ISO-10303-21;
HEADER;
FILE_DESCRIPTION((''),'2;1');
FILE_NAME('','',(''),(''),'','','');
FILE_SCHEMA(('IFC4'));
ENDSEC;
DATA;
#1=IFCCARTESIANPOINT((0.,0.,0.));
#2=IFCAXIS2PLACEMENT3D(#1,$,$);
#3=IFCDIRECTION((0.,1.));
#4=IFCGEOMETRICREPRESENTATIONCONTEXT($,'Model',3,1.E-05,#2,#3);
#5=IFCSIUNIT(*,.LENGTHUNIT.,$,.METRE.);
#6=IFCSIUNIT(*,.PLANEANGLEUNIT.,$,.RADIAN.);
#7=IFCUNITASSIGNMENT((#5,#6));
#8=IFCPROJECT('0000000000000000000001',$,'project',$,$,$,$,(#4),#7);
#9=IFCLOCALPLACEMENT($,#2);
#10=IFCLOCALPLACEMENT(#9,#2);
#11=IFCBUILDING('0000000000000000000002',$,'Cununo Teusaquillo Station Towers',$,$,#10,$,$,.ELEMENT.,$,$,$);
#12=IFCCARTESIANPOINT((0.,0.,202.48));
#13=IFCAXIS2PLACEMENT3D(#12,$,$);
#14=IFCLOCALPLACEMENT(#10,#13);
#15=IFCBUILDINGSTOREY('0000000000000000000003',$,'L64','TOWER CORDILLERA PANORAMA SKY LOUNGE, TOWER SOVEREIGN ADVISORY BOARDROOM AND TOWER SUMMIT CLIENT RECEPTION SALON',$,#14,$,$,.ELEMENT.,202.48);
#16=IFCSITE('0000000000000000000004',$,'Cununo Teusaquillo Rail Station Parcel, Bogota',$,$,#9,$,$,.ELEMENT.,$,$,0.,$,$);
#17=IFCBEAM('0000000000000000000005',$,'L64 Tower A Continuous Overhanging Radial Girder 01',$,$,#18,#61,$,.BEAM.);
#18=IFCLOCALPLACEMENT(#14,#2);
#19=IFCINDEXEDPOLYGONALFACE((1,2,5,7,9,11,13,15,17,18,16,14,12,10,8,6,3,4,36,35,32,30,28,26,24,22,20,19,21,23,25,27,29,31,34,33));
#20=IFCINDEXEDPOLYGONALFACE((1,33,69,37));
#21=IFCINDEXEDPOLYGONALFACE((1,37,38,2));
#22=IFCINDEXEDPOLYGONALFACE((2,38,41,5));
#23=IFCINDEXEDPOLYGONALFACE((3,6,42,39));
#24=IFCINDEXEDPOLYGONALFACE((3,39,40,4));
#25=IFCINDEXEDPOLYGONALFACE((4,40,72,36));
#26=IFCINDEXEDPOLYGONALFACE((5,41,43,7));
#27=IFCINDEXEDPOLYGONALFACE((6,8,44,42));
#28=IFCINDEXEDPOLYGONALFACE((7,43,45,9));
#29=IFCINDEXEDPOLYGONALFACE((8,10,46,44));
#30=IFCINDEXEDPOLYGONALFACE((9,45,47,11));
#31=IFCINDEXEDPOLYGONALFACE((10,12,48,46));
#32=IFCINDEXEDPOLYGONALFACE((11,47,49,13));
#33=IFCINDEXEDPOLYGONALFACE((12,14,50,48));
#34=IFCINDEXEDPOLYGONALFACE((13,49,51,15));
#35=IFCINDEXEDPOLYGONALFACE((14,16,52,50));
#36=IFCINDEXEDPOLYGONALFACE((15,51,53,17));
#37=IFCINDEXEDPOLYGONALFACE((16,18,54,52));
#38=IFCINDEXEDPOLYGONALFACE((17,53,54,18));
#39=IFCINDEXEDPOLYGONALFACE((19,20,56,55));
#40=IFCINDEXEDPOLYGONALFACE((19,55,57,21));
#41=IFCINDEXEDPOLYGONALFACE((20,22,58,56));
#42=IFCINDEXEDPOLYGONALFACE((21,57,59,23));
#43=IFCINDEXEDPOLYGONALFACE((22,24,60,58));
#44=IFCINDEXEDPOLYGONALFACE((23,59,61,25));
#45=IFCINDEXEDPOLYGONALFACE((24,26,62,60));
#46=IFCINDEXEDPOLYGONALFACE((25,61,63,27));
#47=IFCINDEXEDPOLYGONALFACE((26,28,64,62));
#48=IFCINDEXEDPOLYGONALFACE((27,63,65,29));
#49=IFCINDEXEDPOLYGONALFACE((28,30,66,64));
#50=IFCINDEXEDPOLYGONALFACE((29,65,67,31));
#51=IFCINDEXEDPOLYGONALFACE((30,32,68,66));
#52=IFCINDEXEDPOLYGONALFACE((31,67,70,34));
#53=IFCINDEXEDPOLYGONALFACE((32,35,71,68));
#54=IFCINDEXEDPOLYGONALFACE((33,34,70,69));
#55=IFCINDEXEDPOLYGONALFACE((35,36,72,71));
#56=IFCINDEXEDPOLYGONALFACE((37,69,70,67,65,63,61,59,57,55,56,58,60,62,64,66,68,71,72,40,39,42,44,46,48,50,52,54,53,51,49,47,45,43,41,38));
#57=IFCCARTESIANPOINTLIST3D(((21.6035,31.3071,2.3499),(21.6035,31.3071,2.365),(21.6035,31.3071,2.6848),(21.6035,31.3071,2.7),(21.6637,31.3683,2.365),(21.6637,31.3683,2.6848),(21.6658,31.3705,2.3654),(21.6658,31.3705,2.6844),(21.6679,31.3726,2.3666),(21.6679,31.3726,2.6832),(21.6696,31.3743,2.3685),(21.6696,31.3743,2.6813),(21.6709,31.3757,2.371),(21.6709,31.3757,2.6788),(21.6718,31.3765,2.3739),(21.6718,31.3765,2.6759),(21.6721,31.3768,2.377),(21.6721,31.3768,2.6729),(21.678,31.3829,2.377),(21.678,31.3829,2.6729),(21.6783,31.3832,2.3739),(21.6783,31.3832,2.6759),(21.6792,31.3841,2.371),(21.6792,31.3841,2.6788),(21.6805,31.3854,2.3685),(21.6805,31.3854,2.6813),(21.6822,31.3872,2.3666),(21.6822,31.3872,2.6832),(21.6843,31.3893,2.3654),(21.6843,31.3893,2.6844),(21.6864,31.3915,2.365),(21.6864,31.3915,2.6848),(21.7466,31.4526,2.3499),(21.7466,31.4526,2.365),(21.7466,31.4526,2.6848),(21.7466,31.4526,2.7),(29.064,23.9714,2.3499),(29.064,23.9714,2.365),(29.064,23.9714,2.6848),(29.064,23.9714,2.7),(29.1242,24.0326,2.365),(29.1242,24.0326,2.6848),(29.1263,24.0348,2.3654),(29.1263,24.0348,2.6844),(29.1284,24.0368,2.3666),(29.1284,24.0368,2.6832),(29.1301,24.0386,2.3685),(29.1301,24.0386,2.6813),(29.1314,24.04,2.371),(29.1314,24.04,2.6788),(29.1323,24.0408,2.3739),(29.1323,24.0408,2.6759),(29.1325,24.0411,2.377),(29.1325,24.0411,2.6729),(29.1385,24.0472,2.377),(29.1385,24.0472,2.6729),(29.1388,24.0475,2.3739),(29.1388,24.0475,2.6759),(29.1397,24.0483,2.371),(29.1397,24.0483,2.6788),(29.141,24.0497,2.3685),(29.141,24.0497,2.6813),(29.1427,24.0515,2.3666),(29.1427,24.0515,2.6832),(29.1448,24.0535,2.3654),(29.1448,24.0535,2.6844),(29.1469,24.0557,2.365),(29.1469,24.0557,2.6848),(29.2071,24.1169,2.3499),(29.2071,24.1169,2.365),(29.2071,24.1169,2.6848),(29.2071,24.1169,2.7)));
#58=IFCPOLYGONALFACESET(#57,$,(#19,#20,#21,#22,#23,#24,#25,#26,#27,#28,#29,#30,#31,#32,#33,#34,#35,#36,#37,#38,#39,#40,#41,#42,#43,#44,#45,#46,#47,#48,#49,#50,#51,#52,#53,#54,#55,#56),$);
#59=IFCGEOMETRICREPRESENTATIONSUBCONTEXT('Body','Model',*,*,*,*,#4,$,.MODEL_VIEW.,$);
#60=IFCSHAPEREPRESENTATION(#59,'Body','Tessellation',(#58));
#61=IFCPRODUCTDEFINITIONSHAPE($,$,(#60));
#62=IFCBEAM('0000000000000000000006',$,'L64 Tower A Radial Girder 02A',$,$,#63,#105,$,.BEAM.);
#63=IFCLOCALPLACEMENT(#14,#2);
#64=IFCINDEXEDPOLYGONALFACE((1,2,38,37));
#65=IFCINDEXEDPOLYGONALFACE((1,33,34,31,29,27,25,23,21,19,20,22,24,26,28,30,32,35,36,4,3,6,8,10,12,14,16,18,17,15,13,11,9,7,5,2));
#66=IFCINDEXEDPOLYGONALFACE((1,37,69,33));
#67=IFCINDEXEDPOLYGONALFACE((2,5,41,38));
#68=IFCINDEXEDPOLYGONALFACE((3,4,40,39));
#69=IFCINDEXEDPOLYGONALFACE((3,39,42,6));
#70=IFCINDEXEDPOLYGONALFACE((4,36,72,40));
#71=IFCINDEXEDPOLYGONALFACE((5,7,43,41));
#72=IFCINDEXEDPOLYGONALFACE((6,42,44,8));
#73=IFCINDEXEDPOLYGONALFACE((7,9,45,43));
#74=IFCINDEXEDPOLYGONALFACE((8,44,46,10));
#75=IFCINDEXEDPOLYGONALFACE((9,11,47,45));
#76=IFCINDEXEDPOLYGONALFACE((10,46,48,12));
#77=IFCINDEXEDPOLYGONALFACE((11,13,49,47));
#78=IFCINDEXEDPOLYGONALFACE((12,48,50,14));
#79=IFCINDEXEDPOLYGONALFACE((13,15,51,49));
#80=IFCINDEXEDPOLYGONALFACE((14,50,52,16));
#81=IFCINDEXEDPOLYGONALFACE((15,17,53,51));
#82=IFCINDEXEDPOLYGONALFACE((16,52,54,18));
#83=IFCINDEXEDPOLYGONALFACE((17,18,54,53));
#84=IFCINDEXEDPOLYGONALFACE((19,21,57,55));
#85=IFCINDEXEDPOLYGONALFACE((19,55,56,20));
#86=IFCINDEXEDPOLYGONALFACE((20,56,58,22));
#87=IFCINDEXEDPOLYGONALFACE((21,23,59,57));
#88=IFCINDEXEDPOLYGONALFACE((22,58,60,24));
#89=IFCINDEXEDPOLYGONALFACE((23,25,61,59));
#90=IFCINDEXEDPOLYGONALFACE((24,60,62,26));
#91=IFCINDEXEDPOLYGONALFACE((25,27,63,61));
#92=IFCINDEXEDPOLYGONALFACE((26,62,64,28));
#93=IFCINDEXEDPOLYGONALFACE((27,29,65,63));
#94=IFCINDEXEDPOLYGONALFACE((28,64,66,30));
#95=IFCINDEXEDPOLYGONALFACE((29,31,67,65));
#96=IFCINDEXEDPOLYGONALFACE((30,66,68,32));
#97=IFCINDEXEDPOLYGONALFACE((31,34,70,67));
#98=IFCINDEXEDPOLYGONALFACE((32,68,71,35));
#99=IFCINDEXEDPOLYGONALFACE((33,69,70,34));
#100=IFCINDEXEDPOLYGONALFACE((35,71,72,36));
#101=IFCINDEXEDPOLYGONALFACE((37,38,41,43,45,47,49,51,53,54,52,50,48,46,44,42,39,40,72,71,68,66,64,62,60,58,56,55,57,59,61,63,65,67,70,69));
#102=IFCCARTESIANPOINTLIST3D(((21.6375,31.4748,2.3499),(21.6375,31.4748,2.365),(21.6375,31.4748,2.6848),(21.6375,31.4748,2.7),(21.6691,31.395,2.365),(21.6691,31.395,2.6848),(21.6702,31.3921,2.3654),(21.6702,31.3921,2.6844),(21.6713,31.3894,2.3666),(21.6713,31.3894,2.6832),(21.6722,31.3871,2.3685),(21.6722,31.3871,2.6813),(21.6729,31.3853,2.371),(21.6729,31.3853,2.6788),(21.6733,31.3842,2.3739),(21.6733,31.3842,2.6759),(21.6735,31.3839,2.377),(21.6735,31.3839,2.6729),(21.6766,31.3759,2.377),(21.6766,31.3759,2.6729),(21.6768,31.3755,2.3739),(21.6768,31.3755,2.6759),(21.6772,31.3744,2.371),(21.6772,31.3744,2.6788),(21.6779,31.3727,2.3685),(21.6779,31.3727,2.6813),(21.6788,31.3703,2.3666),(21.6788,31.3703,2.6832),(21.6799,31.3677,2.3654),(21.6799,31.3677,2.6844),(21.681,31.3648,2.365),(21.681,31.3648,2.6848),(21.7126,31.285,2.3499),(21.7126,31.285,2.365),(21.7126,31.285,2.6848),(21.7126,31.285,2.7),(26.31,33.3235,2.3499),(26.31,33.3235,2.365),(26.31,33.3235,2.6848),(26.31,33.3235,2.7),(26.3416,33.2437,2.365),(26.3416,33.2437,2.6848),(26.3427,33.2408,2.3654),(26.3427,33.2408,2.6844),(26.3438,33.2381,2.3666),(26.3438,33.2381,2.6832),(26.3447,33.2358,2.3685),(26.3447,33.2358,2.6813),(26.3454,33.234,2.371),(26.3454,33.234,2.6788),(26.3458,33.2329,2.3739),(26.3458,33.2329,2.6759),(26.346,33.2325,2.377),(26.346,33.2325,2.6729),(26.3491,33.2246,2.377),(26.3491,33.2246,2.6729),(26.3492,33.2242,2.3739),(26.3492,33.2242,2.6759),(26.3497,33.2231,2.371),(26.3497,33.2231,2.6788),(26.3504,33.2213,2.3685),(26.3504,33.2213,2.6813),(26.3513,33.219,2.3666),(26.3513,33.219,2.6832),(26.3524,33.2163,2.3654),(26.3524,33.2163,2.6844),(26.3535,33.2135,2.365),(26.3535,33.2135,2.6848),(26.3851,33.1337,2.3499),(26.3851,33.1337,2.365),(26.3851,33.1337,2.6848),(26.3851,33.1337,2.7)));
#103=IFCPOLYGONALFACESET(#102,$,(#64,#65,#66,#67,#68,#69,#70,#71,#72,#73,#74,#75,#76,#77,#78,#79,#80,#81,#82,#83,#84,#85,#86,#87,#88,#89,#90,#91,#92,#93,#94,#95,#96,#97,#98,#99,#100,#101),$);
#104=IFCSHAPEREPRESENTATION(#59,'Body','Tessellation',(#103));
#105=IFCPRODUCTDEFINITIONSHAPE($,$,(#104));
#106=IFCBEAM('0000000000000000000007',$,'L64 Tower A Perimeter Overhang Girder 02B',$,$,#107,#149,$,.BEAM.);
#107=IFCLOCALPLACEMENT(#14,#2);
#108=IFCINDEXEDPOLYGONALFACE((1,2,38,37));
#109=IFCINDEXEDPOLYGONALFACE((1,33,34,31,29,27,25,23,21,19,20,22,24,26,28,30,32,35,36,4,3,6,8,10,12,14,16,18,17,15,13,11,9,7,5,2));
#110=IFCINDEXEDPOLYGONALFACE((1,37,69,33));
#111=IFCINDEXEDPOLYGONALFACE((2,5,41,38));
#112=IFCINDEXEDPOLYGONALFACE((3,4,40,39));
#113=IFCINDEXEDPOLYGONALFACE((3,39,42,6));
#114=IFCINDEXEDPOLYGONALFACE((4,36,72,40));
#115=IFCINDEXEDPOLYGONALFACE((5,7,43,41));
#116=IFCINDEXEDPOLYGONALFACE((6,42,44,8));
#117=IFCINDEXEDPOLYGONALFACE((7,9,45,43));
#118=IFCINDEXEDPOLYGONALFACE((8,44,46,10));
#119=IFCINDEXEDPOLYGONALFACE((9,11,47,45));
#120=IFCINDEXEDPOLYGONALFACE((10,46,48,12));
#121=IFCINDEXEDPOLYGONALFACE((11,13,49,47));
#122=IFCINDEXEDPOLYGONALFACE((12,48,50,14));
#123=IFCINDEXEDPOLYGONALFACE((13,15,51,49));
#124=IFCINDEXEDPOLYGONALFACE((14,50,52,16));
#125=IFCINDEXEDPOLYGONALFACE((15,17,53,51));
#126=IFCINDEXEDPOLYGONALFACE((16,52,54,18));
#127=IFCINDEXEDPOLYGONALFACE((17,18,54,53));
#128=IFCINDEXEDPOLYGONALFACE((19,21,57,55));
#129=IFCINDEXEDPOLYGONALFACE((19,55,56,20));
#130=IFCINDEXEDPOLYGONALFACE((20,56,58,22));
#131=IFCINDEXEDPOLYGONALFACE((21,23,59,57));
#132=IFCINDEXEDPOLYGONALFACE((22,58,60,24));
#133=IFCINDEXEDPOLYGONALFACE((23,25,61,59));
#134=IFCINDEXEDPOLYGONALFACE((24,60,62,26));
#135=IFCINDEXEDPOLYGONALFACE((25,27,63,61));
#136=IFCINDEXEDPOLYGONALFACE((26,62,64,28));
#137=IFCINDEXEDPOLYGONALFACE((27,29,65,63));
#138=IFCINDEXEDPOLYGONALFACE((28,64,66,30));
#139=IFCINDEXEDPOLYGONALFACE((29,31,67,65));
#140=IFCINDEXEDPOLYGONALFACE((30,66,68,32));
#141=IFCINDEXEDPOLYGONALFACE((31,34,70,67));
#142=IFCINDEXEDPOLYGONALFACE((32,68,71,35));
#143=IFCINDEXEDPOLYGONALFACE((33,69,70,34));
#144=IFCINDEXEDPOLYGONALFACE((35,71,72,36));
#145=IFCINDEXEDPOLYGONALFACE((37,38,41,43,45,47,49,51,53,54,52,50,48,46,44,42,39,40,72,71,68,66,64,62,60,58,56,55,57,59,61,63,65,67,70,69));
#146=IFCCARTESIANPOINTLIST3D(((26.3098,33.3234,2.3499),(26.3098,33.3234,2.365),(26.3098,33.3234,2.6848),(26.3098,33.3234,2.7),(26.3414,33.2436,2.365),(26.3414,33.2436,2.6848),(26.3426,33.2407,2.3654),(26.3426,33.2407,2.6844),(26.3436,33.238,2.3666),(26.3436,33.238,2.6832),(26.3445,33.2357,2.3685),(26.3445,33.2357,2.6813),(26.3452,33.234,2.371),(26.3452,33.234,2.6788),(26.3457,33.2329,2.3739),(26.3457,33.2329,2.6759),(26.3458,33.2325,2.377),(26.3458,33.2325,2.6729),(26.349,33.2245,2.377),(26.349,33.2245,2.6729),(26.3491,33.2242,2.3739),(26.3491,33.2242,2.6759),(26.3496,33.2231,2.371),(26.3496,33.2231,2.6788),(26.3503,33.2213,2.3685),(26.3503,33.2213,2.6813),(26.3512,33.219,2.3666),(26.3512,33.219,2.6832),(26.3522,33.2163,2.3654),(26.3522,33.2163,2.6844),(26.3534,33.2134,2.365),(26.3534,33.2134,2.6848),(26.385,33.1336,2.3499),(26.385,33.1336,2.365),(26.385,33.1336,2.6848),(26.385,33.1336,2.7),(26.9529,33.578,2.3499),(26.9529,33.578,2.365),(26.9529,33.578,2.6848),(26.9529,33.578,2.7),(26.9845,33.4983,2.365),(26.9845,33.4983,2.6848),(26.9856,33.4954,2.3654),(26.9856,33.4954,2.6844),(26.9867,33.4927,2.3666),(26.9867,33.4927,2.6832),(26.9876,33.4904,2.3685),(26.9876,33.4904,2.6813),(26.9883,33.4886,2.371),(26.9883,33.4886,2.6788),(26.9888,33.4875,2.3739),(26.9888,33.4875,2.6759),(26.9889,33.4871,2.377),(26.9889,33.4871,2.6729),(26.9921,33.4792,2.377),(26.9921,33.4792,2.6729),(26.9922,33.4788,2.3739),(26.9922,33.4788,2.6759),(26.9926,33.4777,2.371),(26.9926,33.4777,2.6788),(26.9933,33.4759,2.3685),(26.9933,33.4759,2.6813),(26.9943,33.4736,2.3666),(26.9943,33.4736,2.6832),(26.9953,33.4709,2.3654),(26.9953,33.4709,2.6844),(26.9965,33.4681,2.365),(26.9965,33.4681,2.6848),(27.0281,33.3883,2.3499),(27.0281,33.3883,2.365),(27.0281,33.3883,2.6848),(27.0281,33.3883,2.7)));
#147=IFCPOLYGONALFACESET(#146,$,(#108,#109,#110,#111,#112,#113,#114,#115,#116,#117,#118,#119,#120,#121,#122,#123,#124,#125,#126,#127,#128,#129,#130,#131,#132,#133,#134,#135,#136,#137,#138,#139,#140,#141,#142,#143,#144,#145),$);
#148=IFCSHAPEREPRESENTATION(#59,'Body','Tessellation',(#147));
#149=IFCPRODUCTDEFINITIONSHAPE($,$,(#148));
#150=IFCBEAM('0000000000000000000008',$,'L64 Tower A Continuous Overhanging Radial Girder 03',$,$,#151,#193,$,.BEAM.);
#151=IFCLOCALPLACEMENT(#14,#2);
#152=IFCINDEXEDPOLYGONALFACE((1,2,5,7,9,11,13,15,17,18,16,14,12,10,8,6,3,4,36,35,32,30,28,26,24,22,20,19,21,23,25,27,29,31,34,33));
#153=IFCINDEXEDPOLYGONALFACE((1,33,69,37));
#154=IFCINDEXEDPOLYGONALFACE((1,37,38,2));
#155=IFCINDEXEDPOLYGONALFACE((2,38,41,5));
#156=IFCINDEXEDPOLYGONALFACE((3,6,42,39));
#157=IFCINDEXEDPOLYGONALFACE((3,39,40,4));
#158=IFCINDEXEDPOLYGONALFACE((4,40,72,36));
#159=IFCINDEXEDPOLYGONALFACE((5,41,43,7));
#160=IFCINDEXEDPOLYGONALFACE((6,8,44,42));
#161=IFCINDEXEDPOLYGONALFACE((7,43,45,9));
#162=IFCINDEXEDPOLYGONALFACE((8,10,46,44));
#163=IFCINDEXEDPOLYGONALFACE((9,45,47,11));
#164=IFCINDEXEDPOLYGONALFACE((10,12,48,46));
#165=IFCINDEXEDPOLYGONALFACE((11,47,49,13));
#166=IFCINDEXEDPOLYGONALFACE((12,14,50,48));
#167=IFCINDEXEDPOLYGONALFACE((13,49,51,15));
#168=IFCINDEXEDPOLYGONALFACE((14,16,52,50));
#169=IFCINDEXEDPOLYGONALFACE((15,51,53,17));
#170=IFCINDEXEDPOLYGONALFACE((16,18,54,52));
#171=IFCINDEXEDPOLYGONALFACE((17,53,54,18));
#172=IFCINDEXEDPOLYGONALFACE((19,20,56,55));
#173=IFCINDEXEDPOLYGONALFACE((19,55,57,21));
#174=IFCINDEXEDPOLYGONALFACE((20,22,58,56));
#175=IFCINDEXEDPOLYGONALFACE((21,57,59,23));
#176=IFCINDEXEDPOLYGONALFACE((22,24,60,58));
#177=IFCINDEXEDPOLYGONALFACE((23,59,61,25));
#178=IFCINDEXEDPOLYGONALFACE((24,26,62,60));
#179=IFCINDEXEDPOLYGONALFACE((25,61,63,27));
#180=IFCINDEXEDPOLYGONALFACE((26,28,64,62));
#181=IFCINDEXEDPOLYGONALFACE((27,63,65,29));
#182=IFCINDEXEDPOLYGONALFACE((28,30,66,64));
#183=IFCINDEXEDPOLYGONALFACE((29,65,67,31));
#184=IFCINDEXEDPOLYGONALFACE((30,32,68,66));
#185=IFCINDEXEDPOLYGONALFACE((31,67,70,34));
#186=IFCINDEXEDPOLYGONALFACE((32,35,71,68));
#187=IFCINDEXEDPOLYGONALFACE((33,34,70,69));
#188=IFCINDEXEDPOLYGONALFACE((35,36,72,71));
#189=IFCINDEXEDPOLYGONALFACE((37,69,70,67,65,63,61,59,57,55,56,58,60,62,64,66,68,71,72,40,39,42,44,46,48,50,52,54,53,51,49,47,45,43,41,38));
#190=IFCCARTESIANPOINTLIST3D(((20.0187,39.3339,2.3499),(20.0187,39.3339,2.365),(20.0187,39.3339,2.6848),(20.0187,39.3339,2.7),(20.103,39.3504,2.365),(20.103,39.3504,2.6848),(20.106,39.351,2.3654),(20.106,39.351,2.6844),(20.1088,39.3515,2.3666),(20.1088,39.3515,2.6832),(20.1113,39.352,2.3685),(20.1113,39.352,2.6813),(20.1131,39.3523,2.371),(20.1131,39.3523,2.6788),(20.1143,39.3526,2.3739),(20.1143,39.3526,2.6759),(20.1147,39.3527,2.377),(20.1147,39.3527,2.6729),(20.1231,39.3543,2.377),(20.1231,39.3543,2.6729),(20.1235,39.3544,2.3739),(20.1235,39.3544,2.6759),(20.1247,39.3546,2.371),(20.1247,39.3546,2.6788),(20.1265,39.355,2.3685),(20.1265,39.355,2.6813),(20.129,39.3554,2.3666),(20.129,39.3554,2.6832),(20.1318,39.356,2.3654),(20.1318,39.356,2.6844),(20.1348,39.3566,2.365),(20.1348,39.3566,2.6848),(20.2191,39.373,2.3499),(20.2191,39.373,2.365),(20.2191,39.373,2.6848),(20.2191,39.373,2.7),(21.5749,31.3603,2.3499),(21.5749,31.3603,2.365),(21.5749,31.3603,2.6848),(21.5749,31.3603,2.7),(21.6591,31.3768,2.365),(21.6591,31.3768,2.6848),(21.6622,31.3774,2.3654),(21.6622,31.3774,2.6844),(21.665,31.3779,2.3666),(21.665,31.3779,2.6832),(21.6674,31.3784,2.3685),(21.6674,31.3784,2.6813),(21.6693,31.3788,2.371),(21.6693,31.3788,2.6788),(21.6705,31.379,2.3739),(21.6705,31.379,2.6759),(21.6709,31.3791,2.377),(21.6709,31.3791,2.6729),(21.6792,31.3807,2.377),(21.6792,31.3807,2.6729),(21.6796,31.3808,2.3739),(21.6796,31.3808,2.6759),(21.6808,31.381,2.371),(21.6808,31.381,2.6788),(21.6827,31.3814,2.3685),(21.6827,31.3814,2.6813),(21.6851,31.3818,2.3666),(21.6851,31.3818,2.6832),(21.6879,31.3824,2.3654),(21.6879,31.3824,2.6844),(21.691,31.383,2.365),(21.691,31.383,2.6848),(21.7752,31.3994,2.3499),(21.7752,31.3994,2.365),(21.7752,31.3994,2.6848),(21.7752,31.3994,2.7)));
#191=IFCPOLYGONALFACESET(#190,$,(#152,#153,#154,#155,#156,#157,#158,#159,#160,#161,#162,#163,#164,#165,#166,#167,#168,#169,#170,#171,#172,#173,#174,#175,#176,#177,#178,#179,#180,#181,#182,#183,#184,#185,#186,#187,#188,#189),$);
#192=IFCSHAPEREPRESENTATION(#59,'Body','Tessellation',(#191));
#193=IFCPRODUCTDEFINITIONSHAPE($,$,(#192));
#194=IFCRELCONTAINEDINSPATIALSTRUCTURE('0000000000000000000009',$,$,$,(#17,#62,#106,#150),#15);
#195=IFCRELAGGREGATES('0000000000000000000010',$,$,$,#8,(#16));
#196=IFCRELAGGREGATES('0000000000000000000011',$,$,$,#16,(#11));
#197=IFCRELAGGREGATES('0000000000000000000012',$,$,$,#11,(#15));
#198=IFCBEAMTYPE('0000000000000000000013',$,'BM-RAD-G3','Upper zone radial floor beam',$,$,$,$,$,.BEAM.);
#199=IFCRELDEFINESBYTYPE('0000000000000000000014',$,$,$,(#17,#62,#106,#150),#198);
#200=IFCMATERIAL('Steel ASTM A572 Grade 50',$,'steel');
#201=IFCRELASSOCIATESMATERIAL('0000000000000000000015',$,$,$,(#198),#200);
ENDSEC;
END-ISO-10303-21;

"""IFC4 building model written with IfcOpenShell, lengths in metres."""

from ifc_helpers import new_model, si_unit, direction, frame, origin, origin_2d, place, context, subcontext, project, spatial, i_section, extrude, material, material_profile, profile_set, type_object, element, save


model = new_model("IFC4")

# Units and contexts
model_context = context("Model", 3, precision=1e-05, world=origin(), true_north=direction((0.0, 1.0)))
body_context = subcontext(model_context, "Body", "Model", "MODEL_VIEW")
ifc_project = project(units=[si_unit("LENGTHUNIT", "METRE"), si_unit("PLANEANGLEUNIT", "RADIAN")], contexts=[model_context])

# Site, building, storey
site_placement = place(None, origin())
site = spatial("IfcSite", under=ifc_project, at=site_placement, Name="Cununo Teusaquillo Rail Station Parcel, Bogota", CompositionType="ELEMENT", RefElevation=0.0)
building_placement = place(site_placement, origin())
building = spatial("IfcBuilding", under=site, at=building_placement, Name="Cununo Teusaquillo Station Towers", CompositionType="ELEMENT")
storey_placement = place(building_placement, frame((0.0, 0.0, 202.48)))
storey = spatial("IfcBuildingStorey", under=building, at=storey_placement, Name="L64", Description="TOWER CORDILLERA PANORAMA SKY LOUNGE, TOWER SOVEREIGN ADVISORY BOARDROOM AND TOWER SUMMIT CLIENT RECEPTION SALON", CompositionType="ELEMENT", Elevation=202.48)

# Beams
ifc_material_1 = material(Name="Steel ASTM A572 Grade 50", Category="steel")
ifc_material_profile_1 = material_profile(ifc_material_1, i_section(OverallWidth=0.2041, OverallDepth=0.3501, WebThickness=0.0085, FlangeThickness=0.0151, FilletRadius=0.012, at=origin_2d()), Name="W14X48")
ifc_profile_set_1 = profile_set([ifc_material_profile_1], Name="Steel ASTM A572 Grade 50")
beam_type_1 = type_object("IfcBeamType", Name="BM-RAD-G3", Description="Upper zone radial floor beam", PredefinedType="BEAM", material=ifc_profile_set_1)
beam_1_placement = place(storey_placement, frame((21.675, 31.3799, 2.5249), z_axis=(0.713044, -0.70112, 0.0), x_axis=(0.70112, 0.713044, 0.0)))
element("IfcBeam", 1, at=beam_1_placement, inside=storey, type_object=beam_type_1, Name="L64 Tower A Continuous Overhanging Radial Girder 01", PredefinedType="BEAM", context=body_context, shape_type="SweptSolid", body=[
    extrude(i_section(OverallWidth=0.2041, OverallDepth=0.3501, WebThickness=0.0085, FlangeThickness=0.0151, FilletRadius=0.012, at=origin_2d()), origin(), (0.0, 0.0, 1.0), 10.4629),
])
beam_2_placement = place(storey_placement, frame((21.675, 31.3799, 2.5249), z_axis=(0.929864, 0.367903, 0.0), x_axis=(-0.367903, 0.929864, 0.0)))
element("IfcBeam", 2, at=beam_2_placement, inside=storey, type_object=beam_type_1, Name="L64 Tower A Radial Girder 02A", PredefinedType="BEAM", context=body_context, shape_type="SweptSolid", body=[
    extrude(i_section(OverallWidth=0.2041, OverallDepth=0.3501, WebThickness=0.0085, FlangeThickness=0.0151, FilletRadius=0.012, at=origin_2d()), origin(), (0.0, 0.0, 1.0), 5.0249),
])
beam_3_placement = place(storey_placement, frame((26.3474, 33.2285, 2.5249), z_axis=(0.929761, 0.368163, 0.0), x_axis=(-0.368163, 0.929761, 0.0)))
element("IfcBeam", 3, at=beam_3_placement, inside=storey, type_object=beam_type_1, Name="L64 Tower A Perimeter Overhang Girder 02B", PredefinedType="BEAM", context=body_context, shape_type="SweptSolid", body=[
    extrude(i_section(OverallWidth=0.2041, OverallDepth=0.3501, WebThickness=0.0085, FlangeThickness=0.0151, FilletRadius=0.012, at=origin_2d()), origin(), (0.0, 0.0, 1.0), 0.6917),
])
beam_4_placement = place(storey_placement, frame((21.675, 31.3799, 2.5249), z_axis=(-0.191548, 0.981483, 0.0), x_axis=(-0.981483, -0.191548, 0.0)))
element("IfcBeam", 4, at=beam_4_placement, inside=storey, type_object=beam_type_1, Name="L64 Tower A Continuous Overhanging Radial Girder 03", PredefinedType="BEAM", context=body_context, shape_type="SweptSolid", body=[
    extrude(i_section(OverallWidth=0.2041, OverallDepth=0.3501, WebThickness=0.0085, FlangeThickness=0.0151, FilletRadius=0.012, at=origin_2d()), origin(), (0.0, 0.0, 1.0), 8.124),
])

save(model, "model.ifc")
